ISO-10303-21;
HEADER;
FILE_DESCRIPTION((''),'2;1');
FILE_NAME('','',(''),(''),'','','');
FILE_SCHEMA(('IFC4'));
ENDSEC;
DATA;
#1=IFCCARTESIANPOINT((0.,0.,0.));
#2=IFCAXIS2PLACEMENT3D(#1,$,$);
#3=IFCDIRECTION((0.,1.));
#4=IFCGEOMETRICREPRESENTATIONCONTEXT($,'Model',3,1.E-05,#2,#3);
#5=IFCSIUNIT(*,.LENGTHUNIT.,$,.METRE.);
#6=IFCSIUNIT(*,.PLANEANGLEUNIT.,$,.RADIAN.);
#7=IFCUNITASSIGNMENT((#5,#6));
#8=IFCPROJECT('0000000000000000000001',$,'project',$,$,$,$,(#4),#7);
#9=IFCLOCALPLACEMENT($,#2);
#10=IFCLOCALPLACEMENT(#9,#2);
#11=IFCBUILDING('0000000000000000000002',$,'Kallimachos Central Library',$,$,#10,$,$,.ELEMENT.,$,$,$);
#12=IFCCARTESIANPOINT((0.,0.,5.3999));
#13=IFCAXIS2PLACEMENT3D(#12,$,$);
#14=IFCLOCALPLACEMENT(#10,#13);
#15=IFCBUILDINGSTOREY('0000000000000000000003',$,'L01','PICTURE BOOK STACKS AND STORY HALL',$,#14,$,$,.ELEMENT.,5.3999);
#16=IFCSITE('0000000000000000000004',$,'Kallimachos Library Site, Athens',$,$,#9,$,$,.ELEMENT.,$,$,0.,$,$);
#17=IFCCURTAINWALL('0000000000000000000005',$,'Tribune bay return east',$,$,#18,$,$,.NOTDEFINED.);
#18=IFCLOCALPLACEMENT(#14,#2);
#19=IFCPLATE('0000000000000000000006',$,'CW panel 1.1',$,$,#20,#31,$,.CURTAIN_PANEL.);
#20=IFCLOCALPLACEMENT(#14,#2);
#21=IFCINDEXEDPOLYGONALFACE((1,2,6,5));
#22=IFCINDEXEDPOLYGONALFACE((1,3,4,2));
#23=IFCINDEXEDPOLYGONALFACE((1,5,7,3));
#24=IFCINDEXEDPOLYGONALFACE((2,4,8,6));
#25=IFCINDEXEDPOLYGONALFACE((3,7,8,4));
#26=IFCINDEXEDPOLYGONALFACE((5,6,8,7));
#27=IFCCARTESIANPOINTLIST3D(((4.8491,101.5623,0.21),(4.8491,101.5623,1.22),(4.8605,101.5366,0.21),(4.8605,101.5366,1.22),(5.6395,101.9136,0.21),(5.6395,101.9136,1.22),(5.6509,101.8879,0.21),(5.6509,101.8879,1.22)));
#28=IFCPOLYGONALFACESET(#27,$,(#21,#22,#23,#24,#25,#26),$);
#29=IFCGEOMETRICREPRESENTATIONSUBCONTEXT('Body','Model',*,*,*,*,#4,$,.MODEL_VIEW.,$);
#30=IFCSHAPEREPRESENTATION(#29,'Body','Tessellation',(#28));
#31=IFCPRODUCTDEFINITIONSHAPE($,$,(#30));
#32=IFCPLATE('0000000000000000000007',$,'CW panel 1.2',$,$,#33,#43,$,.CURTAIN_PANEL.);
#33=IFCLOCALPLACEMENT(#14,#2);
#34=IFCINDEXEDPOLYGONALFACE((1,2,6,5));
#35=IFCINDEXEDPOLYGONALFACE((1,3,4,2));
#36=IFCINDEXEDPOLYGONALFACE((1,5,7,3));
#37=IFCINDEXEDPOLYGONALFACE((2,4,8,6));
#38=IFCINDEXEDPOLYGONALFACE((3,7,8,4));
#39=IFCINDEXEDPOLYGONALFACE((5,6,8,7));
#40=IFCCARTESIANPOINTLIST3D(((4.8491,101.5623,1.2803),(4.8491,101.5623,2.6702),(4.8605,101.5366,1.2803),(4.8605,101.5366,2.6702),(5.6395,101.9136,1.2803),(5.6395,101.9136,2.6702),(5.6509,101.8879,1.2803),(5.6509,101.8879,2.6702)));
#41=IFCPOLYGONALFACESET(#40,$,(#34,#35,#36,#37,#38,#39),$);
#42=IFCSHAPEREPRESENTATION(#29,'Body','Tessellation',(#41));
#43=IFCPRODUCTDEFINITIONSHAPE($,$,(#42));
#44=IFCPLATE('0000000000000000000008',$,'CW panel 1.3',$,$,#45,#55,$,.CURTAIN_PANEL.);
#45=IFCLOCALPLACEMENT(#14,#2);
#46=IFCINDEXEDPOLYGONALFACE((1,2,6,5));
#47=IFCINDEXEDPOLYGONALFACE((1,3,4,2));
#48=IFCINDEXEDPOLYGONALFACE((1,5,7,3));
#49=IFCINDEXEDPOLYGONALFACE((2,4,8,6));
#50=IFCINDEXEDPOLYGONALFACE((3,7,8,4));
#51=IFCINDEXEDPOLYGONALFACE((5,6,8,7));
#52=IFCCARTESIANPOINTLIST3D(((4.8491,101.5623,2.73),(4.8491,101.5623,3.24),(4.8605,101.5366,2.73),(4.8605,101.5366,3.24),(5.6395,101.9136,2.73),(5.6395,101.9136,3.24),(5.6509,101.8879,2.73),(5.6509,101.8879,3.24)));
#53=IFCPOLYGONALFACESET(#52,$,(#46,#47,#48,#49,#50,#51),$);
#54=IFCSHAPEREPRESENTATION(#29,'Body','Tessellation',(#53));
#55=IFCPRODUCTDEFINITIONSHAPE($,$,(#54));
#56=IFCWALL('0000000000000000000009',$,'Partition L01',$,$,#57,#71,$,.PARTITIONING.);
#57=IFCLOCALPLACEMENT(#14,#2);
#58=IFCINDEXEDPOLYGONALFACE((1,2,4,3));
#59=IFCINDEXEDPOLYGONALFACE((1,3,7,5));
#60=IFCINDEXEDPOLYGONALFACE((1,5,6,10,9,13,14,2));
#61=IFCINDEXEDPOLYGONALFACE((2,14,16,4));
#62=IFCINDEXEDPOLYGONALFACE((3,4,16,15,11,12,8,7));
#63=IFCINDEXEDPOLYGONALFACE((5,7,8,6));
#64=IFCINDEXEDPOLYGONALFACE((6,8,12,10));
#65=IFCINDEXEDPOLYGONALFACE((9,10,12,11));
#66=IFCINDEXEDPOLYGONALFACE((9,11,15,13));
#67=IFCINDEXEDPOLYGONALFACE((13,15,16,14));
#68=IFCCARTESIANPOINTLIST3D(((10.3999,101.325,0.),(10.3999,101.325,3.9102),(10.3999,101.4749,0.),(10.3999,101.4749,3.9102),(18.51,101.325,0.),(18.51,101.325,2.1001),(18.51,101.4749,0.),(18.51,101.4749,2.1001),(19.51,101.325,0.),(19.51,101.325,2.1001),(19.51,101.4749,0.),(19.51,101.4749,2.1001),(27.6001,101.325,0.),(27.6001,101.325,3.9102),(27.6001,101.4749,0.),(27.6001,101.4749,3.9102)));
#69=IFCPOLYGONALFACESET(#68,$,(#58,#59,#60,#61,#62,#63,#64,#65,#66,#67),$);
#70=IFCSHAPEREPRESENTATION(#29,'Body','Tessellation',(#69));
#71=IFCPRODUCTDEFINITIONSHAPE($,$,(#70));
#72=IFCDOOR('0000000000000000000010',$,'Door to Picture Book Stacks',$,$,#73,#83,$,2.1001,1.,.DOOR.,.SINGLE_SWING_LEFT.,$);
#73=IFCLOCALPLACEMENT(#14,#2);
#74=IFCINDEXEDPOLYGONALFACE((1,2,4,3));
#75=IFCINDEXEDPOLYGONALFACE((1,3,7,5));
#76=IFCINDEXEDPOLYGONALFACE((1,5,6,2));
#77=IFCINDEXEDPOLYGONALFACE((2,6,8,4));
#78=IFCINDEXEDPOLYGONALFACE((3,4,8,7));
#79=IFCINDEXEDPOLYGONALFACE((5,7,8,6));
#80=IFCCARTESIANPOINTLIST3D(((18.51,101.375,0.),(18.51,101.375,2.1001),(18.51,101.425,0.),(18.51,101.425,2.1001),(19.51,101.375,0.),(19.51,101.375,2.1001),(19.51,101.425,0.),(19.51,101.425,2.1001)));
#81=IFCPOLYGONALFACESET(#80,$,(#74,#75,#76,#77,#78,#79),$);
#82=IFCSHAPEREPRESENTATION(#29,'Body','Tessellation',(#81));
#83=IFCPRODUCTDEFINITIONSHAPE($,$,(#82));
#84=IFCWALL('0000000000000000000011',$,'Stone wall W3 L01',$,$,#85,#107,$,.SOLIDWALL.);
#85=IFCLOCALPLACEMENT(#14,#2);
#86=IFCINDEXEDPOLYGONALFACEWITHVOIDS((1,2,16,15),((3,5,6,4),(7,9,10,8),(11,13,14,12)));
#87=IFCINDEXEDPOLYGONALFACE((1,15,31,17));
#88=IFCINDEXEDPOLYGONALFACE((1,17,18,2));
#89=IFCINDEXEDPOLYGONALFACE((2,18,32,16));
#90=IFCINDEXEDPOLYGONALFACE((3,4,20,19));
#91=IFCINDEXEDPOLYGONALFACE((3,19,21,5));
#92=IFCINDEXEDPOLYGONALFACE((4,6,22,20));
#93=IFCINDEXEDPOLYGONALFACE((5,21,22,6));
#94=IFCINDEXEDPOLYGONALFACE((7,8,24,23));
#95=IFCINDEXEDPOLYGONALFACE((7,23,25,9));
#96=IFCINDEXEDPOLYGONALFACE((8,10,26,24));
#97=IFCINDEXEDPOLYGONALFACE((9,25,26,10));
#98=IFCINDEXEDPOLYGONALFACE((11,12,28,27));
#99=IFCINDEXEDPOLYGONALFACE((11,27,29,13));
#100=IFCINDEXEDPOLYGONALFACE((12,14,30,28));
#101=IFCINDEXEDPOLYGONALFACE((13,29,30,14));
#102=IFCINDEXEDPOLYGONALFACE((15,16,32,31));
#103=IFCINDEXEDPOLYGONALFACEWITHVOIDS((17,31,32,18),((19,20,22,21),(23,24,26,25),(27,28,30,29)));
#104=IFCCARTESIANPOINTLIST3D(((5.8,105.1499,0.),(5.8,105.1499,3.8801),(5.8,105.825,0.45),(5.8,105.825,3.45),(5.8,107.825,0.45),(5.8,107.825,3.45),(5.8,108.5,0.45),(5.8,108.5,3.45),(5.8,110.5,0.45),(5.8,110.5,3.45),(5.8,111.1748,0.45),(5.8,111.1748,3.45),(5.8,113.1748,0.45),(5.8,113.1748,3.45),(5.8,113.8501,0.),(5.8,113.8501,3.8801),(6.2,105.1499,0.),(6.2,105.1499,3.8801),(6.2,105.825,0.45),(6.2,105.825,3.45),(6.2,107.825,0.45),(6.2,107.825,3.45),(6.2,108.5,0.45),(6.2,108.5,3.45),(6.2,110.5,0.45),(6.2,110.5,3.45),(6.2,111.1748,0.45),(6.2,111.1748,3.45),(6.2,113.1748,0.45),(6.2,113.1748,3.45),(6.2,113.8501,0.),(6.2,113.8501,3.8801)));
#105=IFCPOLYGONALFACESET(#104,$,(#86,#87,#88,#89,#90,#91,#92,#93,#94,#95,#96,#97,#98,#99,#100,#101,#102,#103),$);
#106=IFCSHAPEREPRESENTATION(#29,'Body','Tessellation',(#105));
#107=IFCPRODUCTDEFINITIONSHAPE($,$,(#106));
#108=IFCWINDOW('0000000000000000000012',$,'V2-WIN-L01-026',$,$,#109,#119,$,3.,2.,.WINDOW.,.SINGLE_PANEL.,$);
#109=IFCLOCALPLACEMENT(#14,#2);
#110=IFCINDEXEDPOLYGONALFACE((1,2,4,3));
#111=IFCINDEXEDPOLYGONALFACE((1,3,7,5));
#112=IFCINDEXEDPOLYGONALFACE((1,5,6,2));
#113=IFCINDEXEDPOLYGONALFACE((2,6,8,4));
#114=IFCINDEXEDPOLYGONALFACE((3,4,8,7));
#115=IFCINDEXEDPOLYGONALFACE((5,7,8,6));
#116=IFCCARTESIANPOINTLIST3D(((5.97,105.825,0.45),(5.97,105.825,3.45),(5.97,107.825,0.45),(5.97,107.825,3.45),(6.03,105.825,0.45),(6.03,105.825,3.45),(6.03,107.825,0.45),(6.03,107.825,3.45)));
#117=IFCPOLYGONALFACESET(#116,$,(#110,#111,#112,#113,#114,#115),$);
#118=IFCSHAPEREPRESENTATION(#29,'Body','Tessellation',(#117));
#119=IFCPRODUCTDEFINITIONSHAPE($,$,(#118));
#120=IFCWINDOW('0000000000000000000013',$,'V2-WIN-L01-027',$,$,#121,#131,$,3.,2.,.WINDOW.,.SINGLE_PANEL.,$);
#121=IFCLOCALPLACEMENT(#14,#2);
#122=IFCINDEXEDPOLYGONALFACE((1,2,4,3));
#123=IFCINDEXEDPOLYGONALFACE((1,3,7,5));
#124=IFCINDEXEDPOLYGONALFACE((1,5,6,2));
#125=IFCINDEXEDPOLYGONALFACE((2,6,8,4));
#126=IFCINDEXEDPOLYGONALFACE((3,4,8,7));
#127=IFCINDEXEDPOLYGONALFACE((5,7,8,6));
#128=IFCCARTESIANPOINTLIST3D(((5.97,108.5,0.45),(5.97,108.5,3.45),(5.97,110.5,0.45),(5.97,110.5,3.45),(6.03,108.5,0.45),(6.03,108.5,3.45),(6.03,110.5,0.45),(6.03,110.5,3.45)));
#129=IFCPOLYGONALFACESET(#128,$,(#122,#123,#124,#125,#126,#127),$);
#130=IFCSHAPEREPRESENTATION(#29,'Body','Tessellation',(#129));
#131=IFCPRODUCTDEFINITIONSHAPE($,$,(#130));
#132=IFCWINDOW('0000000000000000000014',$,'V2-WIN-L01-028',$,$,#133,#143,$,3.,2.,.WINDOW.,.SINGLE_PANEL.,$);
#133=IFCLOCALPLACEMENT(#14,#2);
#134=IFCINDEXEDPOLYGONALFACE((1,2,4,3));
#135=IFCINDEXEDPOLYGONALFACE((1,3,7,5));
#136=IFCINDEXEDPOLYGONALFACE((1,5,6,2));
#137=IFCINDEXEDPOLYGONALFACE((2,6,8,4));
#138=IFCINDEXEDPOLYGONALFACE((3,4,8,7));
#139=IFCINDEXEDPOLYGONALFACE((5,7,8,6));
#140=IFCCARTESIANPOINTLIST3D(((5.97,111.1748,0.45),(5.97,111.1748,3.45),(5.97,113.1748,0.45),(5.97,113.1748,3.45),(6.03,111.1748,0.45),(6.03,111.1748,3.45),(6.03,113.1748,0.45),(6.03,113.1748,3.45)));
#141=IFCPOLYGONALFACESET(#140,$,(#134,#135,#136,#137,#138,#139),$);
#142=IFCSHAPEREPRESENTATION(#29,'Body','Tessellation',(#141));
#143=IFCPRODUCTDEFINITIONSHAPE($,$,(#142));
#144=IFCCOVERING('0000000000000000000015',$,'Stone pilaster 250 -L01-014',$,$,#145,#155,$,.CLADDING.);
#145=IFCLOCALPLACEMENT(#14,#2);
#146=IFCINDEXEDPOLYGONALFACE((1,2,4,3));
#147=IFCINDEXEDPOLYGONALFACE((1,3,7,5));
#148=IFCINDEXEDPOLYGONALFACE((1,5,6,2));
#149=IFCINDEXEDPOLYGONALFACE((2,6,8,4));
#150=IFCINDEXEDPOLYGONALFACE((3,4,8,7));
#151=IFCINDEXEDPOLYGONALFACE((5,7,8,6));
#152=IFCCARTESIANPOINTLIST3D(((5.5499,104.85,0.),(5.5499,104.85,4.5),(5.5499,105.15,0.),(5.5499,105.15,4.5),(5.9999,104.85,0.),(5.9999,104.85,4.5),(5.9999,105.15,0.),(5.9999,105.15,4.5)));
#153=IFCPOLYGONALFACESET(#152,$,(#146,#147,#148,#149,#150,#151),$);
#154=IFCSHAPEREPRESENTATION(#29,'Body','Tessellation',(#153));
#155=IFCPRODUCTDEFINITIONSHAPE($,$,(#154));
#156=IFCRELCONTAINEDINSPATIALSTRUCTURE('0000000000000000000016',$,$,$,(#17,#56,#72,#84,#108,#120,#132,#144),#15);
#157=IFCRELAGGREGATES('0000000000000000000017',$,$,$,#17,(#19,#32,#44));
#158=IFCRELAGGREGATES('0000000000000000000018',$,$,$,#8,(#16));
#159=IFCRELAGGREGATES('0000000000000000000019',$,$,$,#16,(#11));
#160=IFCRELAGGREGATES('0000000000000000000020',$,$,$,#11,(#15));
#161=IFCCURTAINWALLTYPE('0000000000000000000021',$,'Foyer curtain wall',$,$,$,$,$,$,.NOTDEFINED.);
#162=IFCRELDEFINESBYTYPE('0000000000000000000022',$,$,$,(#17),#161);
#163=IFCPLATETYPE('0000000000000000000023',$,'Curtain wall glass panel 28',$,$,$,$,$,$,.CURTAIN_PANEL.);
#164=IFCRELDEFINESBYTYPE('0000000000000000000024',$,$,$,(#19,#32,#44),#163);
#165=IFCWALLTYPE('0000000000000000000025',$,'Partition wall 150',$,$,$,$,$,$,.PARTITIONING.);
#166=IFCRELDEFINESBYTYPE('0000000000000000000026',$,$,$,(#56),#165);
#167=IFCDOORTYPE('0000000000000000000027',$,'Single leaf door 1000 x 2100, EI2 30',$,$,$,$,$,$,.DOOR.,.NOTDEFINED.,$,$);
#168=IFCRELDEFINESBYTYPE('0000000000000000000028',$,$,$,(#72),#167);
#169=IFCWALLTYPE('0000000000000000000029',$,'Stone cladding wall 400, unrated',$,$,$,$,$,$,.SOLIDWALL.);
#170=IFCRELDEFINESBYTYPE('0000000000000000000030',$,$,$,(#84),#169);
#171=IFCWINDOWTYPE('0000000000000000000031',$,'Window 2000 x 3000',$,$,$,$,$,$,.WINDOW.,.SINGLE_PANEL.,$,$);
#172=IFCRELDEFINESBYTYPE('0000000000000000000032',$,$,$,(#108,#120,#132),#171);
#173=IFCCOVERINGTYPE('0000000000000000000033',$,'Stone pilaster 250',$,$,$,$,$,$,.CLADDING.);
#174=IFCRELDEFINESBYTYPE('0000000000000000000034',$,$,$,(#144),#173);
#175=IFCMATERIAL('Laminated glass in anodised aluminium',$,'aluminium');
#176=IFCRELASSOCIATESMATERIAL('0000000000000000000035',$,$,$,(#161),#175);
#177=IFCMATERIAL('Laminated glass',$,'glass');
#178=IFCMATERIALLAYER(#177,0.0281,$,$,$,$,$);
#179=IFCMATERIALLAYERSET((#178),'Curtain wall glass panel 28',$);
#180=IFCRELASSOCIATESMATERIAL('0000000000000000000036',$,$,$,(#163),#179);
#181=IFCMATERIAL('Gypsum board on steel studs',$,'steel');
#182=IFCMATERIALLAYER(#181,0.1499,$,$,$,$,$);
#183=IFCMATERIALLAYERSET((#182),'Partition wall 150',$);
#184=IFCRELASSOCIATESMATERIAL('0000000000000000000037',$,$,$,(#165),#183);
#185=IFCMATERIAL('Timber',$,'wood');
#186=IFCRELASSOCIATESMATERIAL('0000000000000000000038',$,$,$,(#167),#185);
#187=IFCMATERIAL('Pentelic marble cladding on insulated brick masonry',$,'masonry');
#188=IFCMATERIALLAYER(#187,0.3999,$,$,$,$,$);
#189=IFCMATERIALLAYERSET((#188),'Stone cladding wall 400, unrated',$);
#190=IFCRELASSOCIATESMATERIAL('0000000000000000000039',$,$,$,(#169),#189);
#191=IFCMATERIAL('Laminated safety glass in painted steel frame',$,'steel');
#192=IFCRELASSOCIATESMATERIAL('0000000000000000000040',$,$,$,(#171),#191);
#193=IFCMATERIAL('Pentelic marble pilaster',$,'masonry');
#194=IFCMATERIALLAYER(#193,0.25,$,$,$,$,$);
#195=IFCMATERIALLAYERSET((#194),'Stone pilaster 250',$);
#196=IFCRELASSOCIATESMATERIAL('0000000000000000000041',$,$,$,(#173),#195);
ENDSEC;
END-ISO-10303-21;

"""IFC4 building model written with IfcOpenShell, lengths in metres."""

from ifc_helpers import new_model, si_unit, direction, frame, frame_2d, origin, origin_2d, place, context, subcontext, project, spatial, rectangle, extrude, material, layer, layer_set, type_object, element, fill, aggregate, save


model = new_model("IFC4")

# Units and contexts
model_context = context("Model", 3, precision=1e-05, world=origin(), true_north=direction((0.0, 1.0)))
body_context = subcontext(model_context, "Body", "Model", "MODEL_VIEW")
ifc_project = project(units=[si_unit("LENGTHUNIT", "METRE"), si_unit("PLANEANGLEUNIT", "RADIAN")], contexts=[model_context])

# Site, building, storey
site_placement = place(None, origin())
site = spatial("IfcSite", under=ifc_project, at=site_placement, Name="Kallimachos Library Site, Athens", CompositionType="ELEMENT", RefElevation=0.0)
building_placement = place(site_placement, origin())
building = spatial("IfcBuilding", under=site, at=building_placement, Name="Kallimachos Central Library", CompositionType="ELEMENT")
storey_placement = place(building_placement, frame((0.0, 0.0, 5.3999)))
storey = spatial("IfcBuildingStorey", under=building, at=storey_placement, Name="L01", Description="PICTURE BOOK STACKS AND STORY HALL", CompositionType="ELEMENT", Elevation=5.3999)

# Shared definitions
ifc_material_1 = material(Name="Laminated glass in anodised aluminium", Category="aluminium")
curtain_wall_type = type_object("IfcCurtainWallType", Name="Foyer curtain wall", PredefinedType="NOTDEFINED", material=ifc_material_1)

# Curtain wall
curtain_wall_1_placement = place(storey_placement, origin())
curtain_wall_1 = element("IfcCurtainWall", 1, at=curtain_wall_1_placement, inside=storey, type_object=curtain_wall_type, Name="Tribune bay return east", PredefinedType="NOTDEFINED")

# Plates
ifc_material_2 = material(Name="Laminated glass", Category="glass")
ifc_layer_1 = layer(ifc_material_2, 0.0281)
ifc_layer_set_1 = layer_set([ifc_layer_1], Name="Curtain wall glass panel 28")
plate_type = type_object("IfcPlateType", Name="Curtain wall glass panel 28", PredefinedType="CURTAIN_PANEL", material=ifc_layer_set_1)
plate_1_placement = place(storey_placement, frame((5.25, 101.7251, 0.21), z_axis=(0.0, 0.0, 1.0), x_axis=(0.913812, 0.406138, 0.0)))
plate_1 = element("IfcPlate", 2, at=plate_1_placement, type_object=plate_type, Name="CW panel 1.1", PredefinedType="CURTAIN_PANEL", context=body_context, shape_type="SweptSolid", body=[
    extrude(rectangle(XDim=0.865, YDim=0.0281, at=origin_2d()), origin(), (0.0, 0.0, 1.0), 1.01),
])
plate_2_placement = place(storey_placement, frame((5.25, 101.7251, 1.2803), z_axis=(0.0, 0.0, 1.0), x_axis=(0.913812, 0.406138, 0.0)))
plate_2 = element("IfcPlate", 3, at=plate_2_placement, type_object=plate_type, Name="CW panel 1.2", PredefinedType="CURTAIN_PANEL", context=body_context, shape_type="SweptSolid", body=[
    extrude(rectangle(XDim=0.865, YDim=0.0281, at=origin_2d()), origin(), (0.0, 0.0, 1.0), 1.3899),
])
plate_3_placement = place(storey_placement, frame((5.25, 101.7251, 2.73), z_axis=(0.0, 0.0, 1.0), x_axis=(0.913812, 0.406138, 0.0)))
plate_3 = element("IfcPlate", 4, at=plate_3_placement, type_object=plate_type, Name="CW panel 1.3", PredefinedType="CURTAIN_PANEL", context=body_context, shape_type="SweptSolid", body=[
    extrude(rectangle(XDim=0.865, YDim=0.0281, at=origin_2d()), origin(), (0.0, 0.0, 1.0), 0.51),
])
aggregate(curtain_wall_1, [plate_1, plate_2, plate_3])

# Wall, opening, door
ifc_material_3 = material(Name="Gypsum board on steel studs", Category="steel")
ifc_layer_2 = layer(ifc_material_3, 0.1499)
ifc_layer_set_2 = layer_set([ifc_layer_2], Name="Partition wall 150")
wall_type_1 = type_object("IfcWallType", Name="Partition wall 150", PredefinedType="PARTITIONING", material=ifc_layer_set_2)
wall_1_placement = place(storey_placement, frame((10.3999, 101.3999, 0.0), z_axis=(0.0, 0.0, 1.0), x_axis=(1.0, 0.0, 0.0)))
wall_1 = element("IfcWall", 5, at=wall_1_placement, inside=storey, type_object=wall_type_1, Name="Partition L01", PredefinedType="PARTITIONING", context=body_context, shape_type="SweptSolid", body=[
    extrude(rectangle(XDim=17.2002, YDim=0.1499, at=frame_2d((8.6001, 0.0))), origin(), (0.0, 0.0, 1.0), 3.9102),
])
opening_1_placement = place(wall_1_placement, frame((8.1101, 0.0, 0.0)))
opening_1 = element("IfcOpeningElement", 6, at=opening_1_placement, cuts=wall_1, PredefinedType="OPENING", context=body_context, shape_type="SweptSolid", body=[
    extrude(rectangle(XDim=1.0, YDim=2.1001, at=frame_2d((0.5, 1.05))), frame((0.0, 0.085, 0.0), z_axis=(0.0, -1.0, 0.0), x_axis=(1.0, 0.0, 0.0)), (0.0, 0.0, 1.0), 0.1699),
])
ifc_material_4 = material(Name="Timber", Category="wood")
door_type = type_object("IfcDoorType", Name="Single leaf door 1000 x 2100, EI2 30", OperationType="NOTDEFINED", PredefinedType="DOOR", material=ifc_material_4)
door_placement = place(opening_1_placement, frame((1.0, 0.0, 0.0), z_axis=(0.0, 0.0, 1.0), x_axis=(-1.0, 0.0, 0.0)))
door = element("IfcDoor", 7, at=door_placement, inside=storey, type_object=door_type, Name="Door to Picture Book Stacks", OperationType="SINGLE_SWING_LEFT", OverallHeight=2.1001, OverallWidth=1.0, PredefinedType="DOOR", context=body_context, shape_type="SweptSolid", body=[
    extrude(rectangle(XDim=1.0, YDim=2.1001, at=frame_2d((0.5, 1.05))), frame((0.0, 0.0249, 0.0), z_axis=(0.0, -1.0, 0.0), x_axis=(1.0, 0.0, 0.0)), (0.0, 0.0, 1.0), 0.05),
])
fill(opening_1, door)

# Wall, openings, windows
ifc_material_5 = material(Name="Pentelic marble cladding on insulated brick masonry", Category="masonry")
ifc_layer_3 = layer(ifc_material_5, 0.3999)
ifc_layer_set_3 = layer_set([ifc_layer_3], Name="Stone cladding wall 400, unrated")
wall_type_2 = type_object("IfcWallType", Name="Stone cladding wall 400, unrated", PredefinedType="SOLIDWALL", material=ifc_layer_set_3)
wall_2_placement = place(storey_placement, frame((6.0, 105.1499, 0.0), z_axis=(0.0, 0.0, 1.0), x_axis=(0.0, 1.0, 0.0)))
wall_2 = element("IfcWall", 8, at=wall_2_placement, inside=storey, type_object=wall_type_2, Name="Stone wall W3 L01", PredefinedType="SOLIDWALL", context=body_context, shape_type="SweptSolid", body=[
    extrude(rectangle(XDim=8.7002, YDim=0.3999, at=frame_2d((4.3501, 0.0))), origin(), (0.0, 0.0, 1.0), 3.8801),
])
opening_2_placement = place(wall_2_placement, frame((0.675, 0.0, 0.45)))
opening_2 = element("IfcOpeningElement", 9, at=opening_2_placement, cuts=wall_2, PredefinedType="OPENING", context=body_context, shape_type="SweptSolid", body=[
    extrude(rectangle(XDim=2.0, YDim=3.0, at=frame_2d((1.0, 1.5))), frame((0.0, 0.21, 0.0), z_axis=(0.0, -1.0, 0.0), x_axis=(1.0, 0.0, 0.0)), (0.0, 0.0, 1.0), 0.4199),
])
opening_3_placement = place(wall_2_placement, frame((3.3501, 0.0, 0.45)))
opening_3 = element("IfcOpeningElement", 10, at=opening_3_placement, cuts=wall_2, PredefinedType="OPENING", context=body_context, shape_type="SweptSolid", body=[
    extrude(rectangle(XDim=2.0, YDim=3.0, at=frame_2d((1.0, 1.5))), frame((0.0, 0.21, 0.0), z_axis=(0.0, -1.0, 0.0), x_axis=(1.0, 0.0, 0.0)), (0.0, 0.0, 1.0), 0.4199),
])
opening_4_placement = place(wall_2_placement, frame((6.0249, 0.0, 0.45)))
opening_4 = element("IfcOpeningElement", 11, at=opening_4_placement, cuts=wall_2, PredefinedType="OPENING", context=body_context, shape_type="SweptSolid", body=[
    extrude(rectangle(XDim=2.0, YDim=3.0, at=frame_2d((1.0, 1.5))), frame((0.0, 0.21, 0.0), z_axis=(0.0, -1.0, 0.0), x_axis=(1.0, 0.0, 0.0)), (0.0, 0.0, 1.0), 0.4199),
])
ifc_material_6 = material(Name="Laminated safety glass in painted steel frame", Category="steel")
window_type = type_object("IfcWindowType", Name="Window 2000 x 3000", PartitioningType="SINGLE_PANEL", PredefinedType="WINDOW", material=ifc_material_6)
window_1_placement = place(opening_2_placement, origin())
window_1 = element("IfcWindow", 12, at=window_1_placement, inside=storey, type_object=window_type, Name="V2-WIN-L01-026", OverallHeight=3.0, OverallWidth=2.0, PartitioningType="SINGLE_PANEL", PredefinedType="WINDOW", context=body_context, shape_type="SweptSolid", body=[
    extrude(rectangle(XDim=2.0, YDim=3.0, at=frame_2d((1.0, 1.5))), frame((0.0, 0.03, 0.0), z_axis=(0.0, -1.0, 0.0), x_axis=(1.0, 0.0, 0.0)), (0.0, 0.0, 1.0), 0.0601),
])
fill(opening_2, window_1)
window_2_placement = place(opening_3_placement, origin())
window_2 = element("IfcWindow", 13, at=window_2_placement, inside=storey, type_object=window_type, Name="V2-WIN-L01-027", OverallHeight=3.0, OverallWidth=2.0, PartitioningType="SINGLE_PANEL", PredefinedType="WINDOW", context=body_context, shape_type="SweptSolid", body=[
    extrude(rectangle(XDim=2.0, YDim=3.0, at=frame_2d((1.0, 1.5))), frame((0.0, 0.03, 0.0), z_axis=(0.0, -1.0, 0.0), x_axis=(1.0, 0.0, 0.0)), (0.0, 0.0, 1.0), 0.0601),
])
fill(opening_3, window_2)
window_3_placement = place(opening_4_placement, origin())
window_3 = element("IfcWindow", 14, at=window_3_placement, inside=storey, type_object=window_type, Name="V2-WIN-L01-028", OverallHeight=3.0, OverallWidth=2.0, PartitioningType="SINGLE_PANEL", PredefinedType="WINDOW", context=body_context, shape_type="SweptSolid", body=[
    extrude(rectangle(XDim=2.0, YDim=3.0, at=frame_2d((1.0, 1.5))), frame((0.0, 0.03, 0.0), z_axis=(0.0, -1.0, 0.0), x_axis=(1.0, 0.0, 0.0)), (0.0, 0.0, 1.0), 0.0601),
])
fill(opening_4, window_3)

# Covering
ifc_material_7 = material(Name="Pentelic marble pilaster", Category="masonry")
ifc_layer_4 = layer(ifc_material_7, 0.25)
ifc_layer_set_4 = layer_set([ifc_layer_4], Name="Stone pilaster 250")
covering_type = type_object("IfcCoveringType", Name="Stone pilaster 250", PredefinedType="CLADDING", material=ifc_layer_set_4)
covering_placement = place(storey_placement, frame((5.7749, 105.0, 0.0), z_axis=(0.0, 0.0, 1.0), x_axis=(1.0, 0.0, 0.0)))
element("IfcCovering", 15, at=covering_placement, inside=storey, type_object=covering_type, Name="Stone pilaster 250 -L01-014", PredefinedType="CLADDING", context=body_context, shape_type="SweptSolid", body=[
    extrude(rectangle(XDim=0.45, YDim=0.3, at=origin_2d()), origin(), (0.0, 0.0, 1.0), 4.5),
])

save(model, "model.ifc")
